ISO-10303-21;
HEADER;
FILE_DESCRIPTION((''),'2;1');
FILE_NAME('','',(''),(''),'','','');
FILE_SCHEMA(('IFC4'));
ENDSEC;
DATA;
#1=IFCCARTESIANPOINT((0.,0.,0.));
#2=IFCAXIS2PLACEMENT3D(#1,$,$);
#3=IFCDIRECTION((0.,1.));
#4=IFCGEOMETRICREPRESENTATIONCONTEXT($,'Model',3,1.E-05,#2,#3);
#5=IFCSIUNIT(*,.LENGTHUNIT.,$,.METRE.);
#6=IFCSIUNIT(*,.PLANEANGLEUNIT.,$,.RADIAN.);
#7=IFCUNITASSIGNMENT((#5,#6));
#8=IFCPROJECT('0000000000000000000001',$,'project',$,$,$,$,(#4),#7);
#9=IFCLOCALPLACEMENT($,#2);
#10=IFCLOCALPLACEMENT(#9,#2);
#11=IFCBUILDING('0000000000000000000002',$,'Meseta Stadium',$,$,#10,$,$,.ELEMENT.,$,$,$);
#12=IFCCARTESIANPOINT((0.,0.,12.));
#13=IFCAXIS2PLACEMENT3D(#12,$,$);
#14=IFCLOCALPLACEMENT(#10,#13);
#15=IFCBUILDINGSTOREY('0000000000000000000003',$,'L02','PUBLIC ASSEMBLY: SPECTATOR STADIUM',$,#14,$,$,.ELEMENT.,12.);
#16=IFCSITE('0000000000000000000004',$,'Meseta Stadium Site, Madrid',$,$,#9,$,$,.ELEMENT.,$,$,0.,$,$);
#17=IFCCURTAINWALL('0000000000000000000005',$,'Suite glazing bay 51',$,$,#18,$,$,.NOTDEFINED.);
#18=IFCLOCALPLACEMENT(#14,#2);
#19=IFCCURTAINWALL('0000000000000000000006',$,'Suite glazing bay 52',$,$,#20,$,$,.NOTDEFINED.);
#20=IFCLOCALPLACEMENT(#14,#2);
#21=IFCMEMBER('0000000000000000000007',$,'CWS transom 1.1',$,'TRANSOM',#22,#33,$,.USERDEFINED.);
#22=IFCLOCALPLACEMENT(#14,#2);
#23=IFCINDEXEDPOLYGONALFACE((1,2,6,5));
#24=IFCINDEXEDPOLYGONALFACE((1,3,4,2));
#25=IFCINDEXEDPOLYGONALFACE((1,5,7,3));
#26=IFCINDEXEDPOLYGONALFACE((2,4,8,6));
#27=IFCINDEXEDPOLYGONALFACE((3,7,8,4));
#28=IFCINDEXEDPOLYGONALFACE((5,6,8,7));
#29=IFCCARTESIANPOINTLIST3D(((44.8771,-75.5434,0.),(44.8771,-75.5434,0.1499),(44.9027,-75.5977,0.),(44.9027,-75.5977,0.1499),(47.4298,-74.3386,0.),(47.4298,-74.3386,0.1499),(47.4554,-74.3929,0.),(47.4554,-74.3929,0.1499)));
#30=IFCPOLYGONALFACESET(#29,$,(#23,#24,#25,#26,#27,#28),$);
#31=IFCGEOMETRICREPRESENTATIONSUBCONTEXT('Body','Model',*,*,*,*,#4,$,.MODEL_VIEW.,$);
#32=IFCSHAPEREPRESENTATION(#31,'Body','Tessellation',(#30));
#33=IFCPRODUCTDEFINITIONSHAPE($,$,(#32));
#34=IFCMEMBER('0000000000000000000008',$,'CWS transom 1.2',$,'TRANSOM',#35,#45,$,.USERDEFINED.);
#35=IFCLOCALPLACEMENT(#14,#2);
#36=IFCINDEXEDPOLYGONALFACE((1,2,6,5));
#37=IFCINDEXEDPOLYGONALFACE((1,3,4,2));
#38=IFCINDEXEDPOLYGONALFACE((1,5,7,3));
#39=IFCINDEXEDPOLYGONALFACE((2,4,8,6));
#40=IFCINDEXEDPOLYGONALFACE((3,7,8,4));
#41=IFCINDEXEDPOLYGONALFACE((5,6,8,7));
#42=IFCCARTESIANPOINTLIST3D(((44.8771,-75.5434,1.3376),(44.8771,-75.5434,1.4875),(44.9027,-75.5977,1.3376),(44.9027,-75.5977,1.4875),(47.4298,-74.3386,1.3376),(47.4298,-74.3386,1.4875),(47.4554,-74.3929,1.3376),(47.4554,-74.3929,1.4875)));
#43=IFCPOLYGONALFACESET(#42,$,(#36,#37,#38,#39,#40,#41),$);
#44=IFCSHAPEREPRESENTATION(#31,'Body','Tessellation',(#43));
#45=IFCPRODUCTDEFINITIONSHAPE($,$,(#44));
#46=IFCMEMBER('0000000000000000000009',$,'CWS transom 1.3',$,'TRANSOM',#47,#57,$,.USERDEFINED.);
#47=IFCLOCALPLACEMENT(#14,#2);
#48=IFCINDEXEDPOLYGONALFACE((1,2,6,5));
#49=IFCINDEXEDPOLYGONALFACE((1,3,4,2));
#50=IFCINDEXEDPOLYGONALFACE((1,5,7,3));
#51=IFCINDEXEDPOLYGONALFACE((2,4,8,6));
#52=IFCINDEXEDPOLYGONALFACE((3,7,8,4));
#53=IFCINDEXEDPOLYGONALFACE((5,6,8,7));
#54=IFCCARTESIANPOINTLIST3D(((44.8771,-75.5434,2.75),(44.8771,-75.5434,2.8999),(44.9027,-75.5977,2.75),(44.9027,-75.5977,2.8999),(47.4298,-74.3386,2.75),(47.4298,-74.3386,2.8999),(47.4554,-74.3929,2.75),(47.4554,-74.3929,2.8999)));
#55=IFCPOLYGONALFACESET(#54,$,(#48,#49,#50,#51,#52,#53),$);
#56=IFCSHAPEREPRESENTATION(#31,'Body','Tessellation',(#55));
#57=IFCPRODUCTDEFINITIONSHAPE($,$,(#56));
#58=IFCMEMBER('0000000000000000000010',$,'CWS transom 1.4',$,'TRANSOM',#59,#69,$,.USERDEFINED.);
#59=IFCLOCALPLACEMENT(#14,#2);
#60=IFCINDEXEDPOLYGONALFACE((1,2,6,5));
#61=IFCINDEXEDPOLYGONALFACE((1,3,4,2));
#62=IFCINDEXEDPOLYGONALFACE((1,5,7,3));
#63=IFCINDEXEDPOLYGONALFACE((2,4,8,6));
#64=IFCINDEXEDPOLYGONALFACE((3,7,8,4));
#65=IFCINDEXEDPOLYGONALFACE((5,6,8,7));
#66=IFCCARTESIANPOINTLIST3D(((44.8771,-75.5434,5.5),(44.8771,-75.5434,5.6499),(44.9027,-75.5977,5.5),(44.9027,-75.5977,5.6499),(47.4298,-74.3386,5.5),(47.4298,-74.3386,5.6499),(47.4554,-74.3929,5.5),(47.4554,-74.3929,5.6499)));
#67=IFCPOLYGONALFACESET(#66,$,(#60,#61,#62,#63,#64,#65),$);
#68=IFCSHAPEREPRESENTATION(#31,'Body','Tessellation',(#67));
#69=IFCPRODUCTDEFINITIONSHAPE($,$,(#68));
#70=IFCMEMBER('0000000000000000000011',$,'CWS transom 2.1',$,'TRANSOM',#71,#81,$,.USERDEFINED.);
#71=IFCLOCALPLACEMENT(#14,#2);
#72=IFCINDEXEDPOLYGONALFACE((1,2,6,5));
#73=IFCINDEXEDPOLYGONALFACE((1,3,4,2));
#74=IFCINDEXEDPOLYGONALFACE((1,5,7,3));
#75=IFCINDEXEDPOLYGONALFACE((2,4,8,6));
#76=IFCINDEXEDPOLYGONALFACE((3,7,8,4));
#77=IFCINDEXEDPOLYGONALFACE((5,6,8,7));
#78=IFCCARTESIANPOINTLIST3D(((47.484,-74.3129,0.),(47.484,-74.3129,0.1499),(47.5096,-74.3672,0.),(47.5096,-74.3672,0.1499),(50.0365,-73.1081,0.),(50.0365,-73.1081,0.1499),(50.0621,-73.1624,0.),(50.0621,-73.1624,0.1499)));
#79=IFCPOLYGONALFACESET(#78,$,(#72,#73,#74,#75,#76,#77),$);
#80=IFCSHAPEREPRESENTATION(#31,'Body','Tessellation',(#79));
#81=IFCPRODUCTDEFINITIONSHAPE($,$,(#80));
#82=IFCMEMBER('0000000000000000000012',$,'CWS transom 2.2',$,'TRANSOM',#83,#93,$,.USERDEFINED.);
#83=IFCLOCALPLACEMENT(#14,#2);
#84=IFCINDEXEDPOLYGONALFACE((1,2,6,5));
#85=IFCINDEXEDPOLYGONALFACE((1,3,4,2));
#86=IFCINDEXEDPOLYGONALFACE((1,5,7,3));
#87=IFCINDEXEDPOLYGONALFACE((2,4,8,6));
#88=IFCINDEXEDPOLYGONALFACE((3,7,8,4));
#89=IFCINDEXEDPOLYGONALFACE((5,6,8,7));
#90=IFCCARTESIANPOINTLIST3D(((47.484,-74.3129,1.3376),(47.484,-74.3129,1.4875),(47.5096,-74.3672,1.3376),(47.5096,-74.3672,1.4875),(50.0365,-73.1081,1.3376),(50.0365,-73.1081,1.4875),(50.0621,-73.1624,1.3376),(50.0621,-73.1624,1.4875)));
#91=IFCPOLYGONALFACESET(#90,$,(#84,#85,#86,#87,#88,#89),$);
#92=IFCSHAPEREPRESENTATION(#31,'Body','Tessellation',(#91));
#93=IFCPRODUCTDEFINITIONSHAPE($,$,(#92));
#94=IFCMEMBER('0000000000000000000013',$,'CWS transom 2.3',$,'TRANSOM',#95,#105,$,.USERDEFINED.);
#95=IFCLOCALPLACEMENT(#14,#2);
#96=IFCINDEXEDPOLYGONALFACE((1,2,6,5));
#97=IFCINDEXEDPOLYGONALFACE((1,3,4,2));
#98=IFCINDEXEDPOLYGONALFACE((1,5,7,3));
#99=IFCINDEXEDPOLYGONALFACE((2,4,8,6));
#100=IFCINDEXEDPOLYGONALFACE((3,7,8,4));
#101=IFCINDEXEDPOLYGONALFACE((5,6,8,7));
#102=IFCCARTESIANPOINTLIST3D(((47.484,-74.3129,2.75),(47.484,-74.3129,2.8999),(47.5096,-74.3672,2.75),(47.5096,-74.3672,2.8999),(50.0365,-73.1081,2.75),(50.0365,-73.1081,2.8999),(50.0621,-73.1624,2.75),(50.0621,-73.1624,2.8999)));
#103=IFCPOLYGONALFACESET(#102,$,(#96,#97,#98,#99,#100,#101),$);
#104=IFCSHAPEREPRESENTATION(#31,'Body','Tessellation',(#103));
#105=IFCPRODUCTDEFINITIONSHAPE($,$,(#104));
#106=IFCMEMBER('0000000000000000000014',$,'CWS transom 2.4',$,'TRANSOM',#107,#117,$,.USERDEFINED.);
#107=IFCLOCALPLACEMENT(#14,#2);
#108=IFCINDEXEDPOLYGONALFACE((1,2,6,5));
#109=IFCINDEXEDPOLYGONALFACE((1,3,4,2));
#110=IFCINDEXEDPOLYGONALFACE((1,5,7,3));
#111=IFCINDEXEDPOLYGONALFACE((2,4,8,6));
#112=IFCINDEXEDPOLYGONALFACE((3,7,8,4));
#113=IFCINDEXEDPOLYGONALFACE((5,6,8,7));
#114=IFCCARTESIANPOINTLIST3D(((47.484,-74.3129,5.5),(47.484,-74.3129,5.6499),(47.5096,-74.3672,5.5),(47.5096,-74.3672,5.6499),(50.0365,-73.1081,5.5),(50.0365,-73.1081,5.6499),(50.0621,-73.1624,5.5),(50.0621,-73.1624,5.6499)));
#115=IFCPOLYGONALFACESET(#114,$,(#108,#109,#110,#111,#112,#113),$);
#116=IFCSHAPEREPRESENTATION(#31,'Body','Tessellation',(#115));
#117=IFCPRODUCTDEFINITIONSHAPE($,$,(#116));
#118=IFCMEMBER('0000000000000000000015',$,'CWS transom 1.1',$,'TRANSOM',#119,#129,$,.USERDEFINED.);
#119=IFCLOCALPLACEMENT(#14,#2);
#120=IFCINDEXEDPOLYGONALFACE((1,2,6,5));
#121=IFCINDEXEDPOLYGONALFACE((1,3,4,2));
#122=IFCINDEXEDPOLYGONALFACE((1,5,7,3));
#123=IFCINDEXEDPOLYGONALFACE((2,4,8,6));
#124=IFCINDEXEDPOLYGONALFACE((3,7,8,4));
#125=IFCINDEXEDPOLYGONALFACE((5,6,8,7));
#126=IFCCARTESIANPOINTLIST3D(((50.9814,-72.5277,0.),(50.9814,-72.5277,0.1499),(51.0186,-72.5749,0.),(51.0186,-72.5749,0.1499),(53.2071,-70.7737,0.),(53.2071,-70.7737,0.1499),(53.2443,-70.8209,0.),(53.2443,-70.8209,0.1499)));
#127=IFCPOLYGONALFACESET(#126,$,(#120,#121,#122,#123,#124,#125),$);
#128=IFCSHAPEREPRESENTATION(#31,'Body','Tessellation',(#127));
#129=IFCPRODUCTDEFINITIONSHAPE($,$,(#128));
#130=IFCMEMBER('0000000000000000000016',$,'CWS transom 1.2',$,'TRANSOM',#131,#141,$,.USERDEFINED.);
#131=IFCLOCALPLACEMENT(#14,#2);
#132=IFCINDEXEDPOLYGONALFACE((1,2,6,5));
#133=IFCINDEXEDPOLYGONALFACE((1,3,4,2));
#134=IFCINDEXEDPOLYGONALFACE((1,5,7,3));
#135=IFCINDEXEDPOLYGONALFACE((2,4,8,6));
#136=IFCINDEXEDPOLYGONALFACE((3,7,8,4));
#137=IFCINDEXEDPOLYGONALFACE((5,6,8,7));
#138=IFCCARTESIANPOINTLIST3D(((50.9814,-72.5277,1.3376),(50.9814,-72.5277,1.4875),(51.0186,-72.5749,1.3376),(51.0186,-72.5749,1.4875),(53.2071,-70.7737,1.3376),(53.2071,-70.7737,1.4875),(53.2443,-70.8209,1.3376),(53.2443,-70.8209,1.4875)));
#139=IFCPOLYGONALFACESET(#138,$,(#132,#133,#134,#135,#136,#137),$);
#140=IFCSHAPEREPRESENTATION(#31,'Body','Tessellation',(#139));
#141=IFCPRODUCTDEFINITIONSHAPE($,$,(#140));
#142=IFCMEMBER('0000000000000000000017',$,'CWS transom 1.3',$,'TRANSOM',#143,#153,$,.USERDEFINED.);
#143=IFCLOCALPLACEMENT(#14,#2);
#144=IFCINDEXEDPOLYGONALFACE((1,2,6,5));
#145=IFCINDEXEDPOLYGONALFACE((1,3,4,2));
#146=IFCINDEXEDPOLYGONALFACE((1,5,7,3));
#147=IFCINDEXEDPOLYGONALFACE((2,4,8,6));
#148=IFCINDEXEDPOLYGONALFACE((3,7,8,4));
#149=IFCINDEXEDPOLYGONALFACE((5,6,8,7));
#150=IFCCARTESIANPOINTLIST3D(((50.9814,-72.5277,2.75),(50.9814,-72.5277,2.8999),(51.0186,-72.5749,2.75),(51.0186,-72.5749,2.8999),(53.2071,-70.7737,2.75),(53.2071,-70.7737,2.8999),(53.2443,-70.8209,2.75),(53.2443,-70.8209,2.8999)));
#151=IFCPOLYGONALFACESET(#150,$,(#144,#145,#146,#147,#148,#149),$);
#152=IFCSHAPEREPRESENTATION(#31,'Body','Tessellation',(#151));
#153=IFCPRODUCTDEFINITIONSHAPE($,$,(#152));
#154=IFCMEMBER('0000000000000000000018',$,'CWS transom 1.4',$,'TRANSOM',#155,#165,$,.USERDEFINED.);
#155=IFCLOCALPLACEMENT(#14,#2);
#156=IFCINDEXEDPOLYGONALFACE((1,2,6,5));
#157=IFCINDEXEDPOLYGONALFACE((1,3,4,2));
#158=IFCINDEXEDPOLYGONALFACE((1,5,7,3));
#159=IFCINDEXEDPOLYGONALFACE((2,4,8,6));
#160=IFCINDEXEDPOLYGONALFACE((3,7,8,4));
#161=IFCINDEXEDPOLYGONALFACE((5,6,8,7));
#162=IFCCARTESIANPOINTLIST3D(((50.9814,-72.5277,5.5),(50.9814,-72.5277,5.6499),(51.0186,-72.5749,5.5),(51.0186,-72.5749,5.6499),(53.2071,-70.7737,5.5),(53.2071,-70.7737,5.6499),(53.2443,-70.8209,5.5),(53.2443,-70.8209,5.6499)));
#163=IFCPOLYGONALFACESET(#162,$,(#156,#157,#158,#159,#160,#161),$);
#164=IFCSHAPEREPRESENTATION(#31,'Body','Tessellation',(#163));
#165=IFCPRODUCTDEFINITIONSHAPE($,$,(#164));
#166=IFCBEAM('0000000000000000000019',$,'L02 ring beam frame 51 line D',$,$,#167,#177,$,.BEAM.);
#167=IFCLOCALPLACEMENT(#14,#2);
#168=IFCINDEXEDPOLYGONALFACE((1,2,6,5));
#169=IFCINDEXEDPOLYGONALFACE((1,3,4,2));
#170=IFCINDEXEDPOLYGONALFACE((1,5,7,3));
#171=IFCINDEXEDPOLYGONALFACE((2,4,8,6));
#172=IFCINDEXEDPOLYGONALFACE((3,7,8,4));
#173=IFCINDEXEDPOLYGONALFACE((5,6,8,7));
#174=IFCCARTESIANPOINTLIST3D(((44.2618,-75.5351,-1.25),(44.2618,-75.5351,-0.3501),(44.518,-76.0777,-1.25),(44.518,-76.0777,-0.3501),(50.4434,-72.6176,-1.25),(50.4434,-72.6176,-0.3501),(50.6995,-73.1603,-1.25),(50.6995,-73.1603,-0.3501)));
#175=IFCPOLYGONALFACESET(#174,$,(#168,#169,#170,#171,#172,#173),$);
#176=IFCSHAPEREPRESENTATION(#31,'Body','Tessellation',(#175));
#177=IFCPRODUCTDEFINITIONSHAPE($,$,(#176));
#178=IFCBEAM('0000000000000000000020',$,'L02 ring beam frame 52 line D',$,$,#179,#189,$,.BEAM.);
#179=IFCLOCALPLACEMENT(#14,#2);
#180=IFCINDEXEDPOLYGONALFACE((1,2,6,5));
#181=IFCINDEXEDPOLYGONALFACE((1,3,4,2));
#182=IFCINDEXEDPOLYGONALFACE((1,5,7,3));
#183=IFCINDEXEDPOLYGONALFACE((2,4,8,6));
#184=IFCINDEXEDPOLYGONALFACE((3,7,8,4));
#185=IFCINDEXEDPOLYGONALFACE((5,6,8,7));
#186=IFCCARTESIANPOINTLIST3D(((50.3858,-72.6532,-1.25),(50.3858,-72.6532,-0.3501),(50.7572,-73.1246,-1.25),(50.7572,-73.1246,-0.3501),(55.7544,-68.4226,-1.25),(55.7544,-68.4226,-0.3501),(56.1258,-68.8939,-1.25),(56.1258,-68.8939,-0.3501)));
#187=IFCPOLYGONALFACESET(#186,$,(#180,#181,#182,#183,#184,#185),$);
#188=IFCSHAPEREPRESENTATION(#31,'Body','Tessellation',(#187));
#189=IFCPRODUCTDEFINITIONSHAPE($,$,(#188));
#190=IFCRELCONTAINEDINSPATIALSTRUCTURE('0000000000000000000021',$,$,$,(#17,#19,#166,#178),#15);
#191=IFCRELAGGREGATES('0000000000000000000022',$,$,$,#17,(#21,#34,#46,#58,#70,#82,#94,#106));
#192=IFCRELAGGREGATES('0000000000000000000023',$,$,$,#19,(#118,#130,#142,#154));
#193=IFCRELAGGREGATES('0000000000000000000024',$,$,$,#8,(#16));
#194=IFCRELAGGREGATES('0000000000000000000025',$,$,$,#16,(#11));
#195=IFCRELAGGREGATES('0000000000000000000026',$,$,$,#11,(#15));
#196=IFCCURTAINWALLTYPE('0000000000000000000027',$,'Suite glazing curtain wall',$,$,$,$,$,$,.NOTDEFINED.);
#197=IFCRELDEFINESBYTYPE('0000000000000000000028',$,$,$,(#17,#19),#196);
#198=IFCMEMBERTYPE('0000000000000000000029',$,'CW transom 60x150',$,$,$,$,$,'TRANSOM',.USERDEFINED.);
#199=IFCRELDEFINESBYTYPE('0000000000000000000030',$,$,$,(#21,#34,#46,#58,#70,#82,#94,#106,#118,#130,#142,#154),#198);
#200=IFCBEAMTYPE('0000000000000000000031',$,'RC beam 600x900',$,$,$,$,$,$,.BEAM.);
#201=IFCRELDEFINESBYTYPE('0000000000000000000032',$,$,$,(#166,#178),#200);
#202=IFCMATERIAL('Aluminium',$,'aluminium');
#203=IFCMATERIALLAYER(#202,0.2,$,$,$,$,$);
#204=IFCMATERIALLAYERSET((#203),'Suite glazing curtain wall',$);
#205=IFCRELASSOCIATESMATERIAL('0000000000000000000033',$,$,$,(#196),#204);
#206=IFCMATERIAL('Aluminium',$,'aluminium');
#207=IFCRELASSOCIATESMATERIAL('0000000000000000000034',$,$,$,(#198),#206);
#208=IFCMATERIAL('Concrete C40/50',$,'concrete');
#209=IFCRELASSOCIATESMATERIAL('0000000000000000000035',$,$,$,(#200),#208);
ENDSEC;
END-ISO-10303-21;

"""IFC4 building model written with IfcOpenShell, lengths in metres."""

from ifc_helpers import new_model, si_unit, direction, frame, origin, origin_2d, place, context, subcontext, project, spatial, rectangle, extrude, material, layer, layer_set, material_profile, profile_set, type_object, element, aggregate, save


model = new_model("IFC4")

# Units and contexts
model_context = context("Model", 3, precision=1e-05, world=origin(), true_north=direction((0.0, 1.0)))
body_context = subcontext(model_context, "Body", "Model", "MODEL_VIEW")
ifc_project = project(units=[si_unit("LENGTHUNIT", "METRE"), si_unit("PLANEANGLEUNIT", "RADIAN")], contexts=[model_context])

# Site, building, storey
site_placement = place(None, origin())
site = spatial("IfcSite", under=ifc_project, at=site_placement, Name="Meseta Stadium Site, Madrid", CompositionType="ELEMENT", RefElevation=0.0)
building_placement = place(site_placement, origin())
building = spatial("IfcBuilding", under=site, at=building_placement, Name="Meseta Stadium", CompositionType="ELEMENT")
storey_placement = place(building_placement, frame((0.0, 0.0, 12.0)))
storey = spatial("IfcBuildingStorey", under=building, at=storey_placement, Name="L02", Description="PUBLIC ASSEMBLY: SPECTATOR STADIUM", CompositionType="ELEMENT", Elevation=12.0)

# Curtain wall
ifc_material_1 = material(Name="Aluminium", Category="aluminium")
ifc_layer_1 = layer(ifc_material_1, 0.2)
ifc_layer_set_1 = layer_set([ifc_layer_1], Name="Suite glazing curtain wall")
curtain_wall_type = type_object("IfcCurtainWallType", Name="Suite glazing curtain wall", PredefinedType="NOTDEFINED", material=ifc_layer_set_1)
curtain_wall_1_placement = place(storey_placement, origin())
curtain_wall_1 = element("IfcCurtainWall", 1, at=curtain_wall_1_placement, inside=storey, type_object=curtain_wall_type, Name="Suite glazing bay 51", PredefinedType="NOTDEFINED")

# Curtain wall
curtain_wall_2_placement = place(storey_placement, origin())
curtain_wall_2 = element("IfcCurtainWall", 2, at=curtain_wall_2_placement, inside=storey, type_object=curtain_wall_type, Name="Suite glazing bay 52", PredefinedType="NOTDEFINED")

# Members
ifc_material_2 = material(Name="Aluminium", Category="aluminium")
ifc_material_profile_1 = material_profile(ifc_material_2, rectangle(XDim=0.0601, YDim=0.1499, at=origin_2d()), Name="CW 60x150")
ifc_profile_set_1 = profile_set([ifc_material_profile_1], Name="Aluminium")
member_type_1 = type_object("IfcMemberType", Name="CW transom 60x150", ElementType="TRANSOM", PredefinedType="USERDEFINED", material=ifc_profile_set_1)
member_1_placement = place(storey_placement, frame((44.8899, -75.5706, 0.075), z_axis=(0.904334, 0.426826, 0.0), x_axis=(-0.426826, 0.904334, 0.0)))
member_1 = element("IfcMember", 3, at=member_1_placement, type_object=member_type_1, Name="CWS transom 1.1", ObjectType="TRANSOM", PredefinedType="USERDEFINED", context=body_context, shape_type="SweptSolid", body=[
    extrude(rectangle(XDim=0.0601, YDim=0.1499, at=origin_2d()), origin(), (0.0, 0.0, 1.0), 2.8228),
])
member_2_placement = place(storey_placement, frame((44.8899, -75.5706, 1.4126), z_axis=(0.904334, 0.426826, 0.0), x_axis=(-0.426826, 0.904334, 0.0)))
member_2 = element("IfcMember", 4, at=member_2_placement, type_object=member_type_1, Name="CWS transom 1.2", ObjectType="TRANSOM", PredefinedType="USERDEFINED", context=body_context, shape_type="SweptSolid", body=[
    extrude(rectangle(XDim=0.0601, YDim=0.1499, at=origin_2d()), origin(), (0.0, 0.0, 1.0), 2.8228),
])
member_3_placement = place(storey_placement, frame((44.8899, -75.5706, 2.825), z_axis=(0.904334, 0.426826, 0.0), x_axis=(-0.426826, 0.904334, 0.0)))
member_3 = element("IfcMember", 5, at=member_3_placement, type_object=member_type_1, Name="CWS transom 1.3", ObjectType="TRANSOM", PredefinedType="USERDEFINED", context=body_context, shape_type="SweptSolid", body=[
    extrude(rectangle(XDim=0.0601, YDim=0.1499, at=origin_2d()), origin(), (0.0, 0.0, 1.0), 2.8228),
])
member_4_placement = place(storey_placement, frame((44.8899, -75.5706, 5.575), z_axis=(0.904334, 0.426826, 0.0), x_axis=(-0.426826, 0.904334, 0.0)))
member_4 = element("IfcMember", 6, at=member_4_placement, type_object=member_type_1, Name="CWS transom 1.4", ObjectType="TRANSOM", PredefinedType="USERDEFINED", context=body_context, shape_type="SweptSolid", body=[
    extrude(rectangle(XDim=0.0601, YDim=0.1499, at=origin_2d()), origin(), (0.0, 0.0, 1.0), 2.8228),
])
member_5_placement = place(storey_placement, frame((47.4968, -74.3401, 0.075), z_axis=(0.904318, 0.426859, 0.0), x_axis=(-0.426859, 0.904318, 0.0)))
member_5 = element("IfcMember", 7, at=member_5_placement, type_object=member_type_1, Name="CWS transom 2.1", ObjectType="TRANSOM", PredefinedType="USERDEFINED", context=body_context, shape_type="SweptSolid", body=[
    extrude(rectangle(XDim=0.0601, YDim=0.1499, at=origin_2d()), origin(), (0.0, 0.0, 1.0), 2.8225),
])
member_6_placement = place(storey_placement, frame((47.4968, -74.3401, 1.4126), z_axis=(0.904318, 0.426859, 0.0), x_axis=(-0.426859, 0.904318, 0.0)))
member_6 = element("IfcMember", 8, at=member_6_placement, type_object=member_type_1, Name="CWS transom 2.2", ObjectType="TRANSOM", PredefinedType="USERDEFINED", context=body_context, shape_type="SweptSolid", body=[
    extrude(rectangle(XDim=0.0601, YDim=0.1499, at=origin_2d()), origin(), (0.0, 0.0, 1.0), 2.8225),
])
member_7_placement = place(storey_placement, frame((47.4968, -74.3401, 2.825), z_axis=(0.904318, 0.426859, 0.0), x_axis=(-0.426859, 0.904318, 0.0)))
member_7 = element("IfcMember", 9, at=member_7_placement, type_object=member_type_1, Name="CWS transom 2.3", ObjectType="TRANSOM", PredefinedType="USERDEFINED", context=body_context, shape_type="SweptSolid", body=[
    extrude(rectangle(XDim=0.0601, YDim=0.1499, at=origin_2d()), origin(), (0.0, 0.0, 1.0), 2.8225),
])
member_8_placement = place(storey_placement, frame((47.4968, -74.3401, 5.575), z_axis=(0.904318, 0.426859, 0.0), x_axis=(-0.426859, 0.904318, 0.0)))
member_8 = element("IfcMember", 10, at=member_8_placement, type_object=member_type_1, Name="CWS transom 2.4", ObjectType="TRANSOM", PredefinedType="USERDEFINED", context=body_context, shape_type="SweptSolid", body=[
    extrude(rectangle(XDim=0.0601, YDim=0.1499, at=origin_2d()), origin(), (0.0, 0.0, 1.0), 2.8225),
])
member_9_placement = place(storey_placement, frame((51.0, -72.5513, 0.075), z_axis=(0.785421, 0.618962, 0.0), x_axis=(-0.618962, 0.785421, 0.0)))
member_9 = element("IfcMember", 11, at=member_9_placement, type_object=member_type_1, Name="CWS transom 1.1", ObjectType="TRANSOM", PredefinedType="USERDEFINED", context=body_context, shape_type="SweptSolid", body=[
    extrude(rectangle(XDim=0.0601, YDim=0.1499, at=origin_2d()), origin(), (0.0, 0.0, 1.0), 2.8337),
])
member_10_placement = place(storey_placement, frame((51.0, -72.5513, 1.4126), z_axis=(0.785421, 0.618962, 0.0), x_axis=(-0.618962, 0.785421, 0.0)))
member_10 = element("IfcMember", 12, at=member_10_placement, type_object=member_type_1, Name="CWS transom 1.2", ObjectType="TRANSOM", PredefinedType="USERDEFINED", context=body_context, shape_type="SweptSolid", body=[
    extrude(rectangle(XDim=0.0601, YDim=0.1499, at=origin_2d()), origin(), (0.0, 0.0, 1.0), 2.8337),
])
member_11_placement = place(storey_placement, frame((51.0, -72.5513, 2.825), z_axis=(0.785421, 0.618962, 0.0), x_axis=(-0.618962, 0.785421, 0.0)))
member_11 = element("IfcMember", 13, at=member_11_placement, type_object=member_type_1, Name="CWS transom 1.3", ObjectType="TRANSOM", PredefinedType="USERDEFINED", context=body_context, shape_type="SweptSolid", body=[
    extrude(rectangle(XDim=0.0601, YDim=0.1499, at=origin_2d()), origin(), (0.0, 0.0, 1.0), 2.8337),
])
member_12_placement = place(storey_placement, frame((51.0, -72.5513, 5.575), z_axis=(0.785421, 0.618962, 0.0), x_axis=(-0.618962, 0.785421, 0.0)))
member_12 = element("IfcMember", 14, at=member_12_placement, type_object=member_type_1, Name="CWS transom 1.4", ObjectType="TRANSOM", PredefinedType="USERDEFINED", context=body_context, shape_type="SweptSolid", body=[
    extrude(rectangle(XDim=0.0601, YDim=0.1499, at=origin_2d()), origin(), (0.0, 0.0, 1.0), 2.8337),
])

# Beams
ifc_material_3 = material(Name="Concrete C40/50", Category="concrete")
ifc_material_profile_2 = material_profile(ifc_material_3, rectangle(XDim=0.6001, YDim=0.8999, at=origin_2d()), Name="RC 600x900")
ifc_profile_set_2 = profile_set([ifc_material_profile_2], Name="Concrete C40/50")
beam_type_1 = type_object("IfcBeamType", Name="RC beam 600x900", PredefinedType="BEAM", material=ifc_profile_set_2)
beam_1_placement = place(storey_placement, frame((44.3899, -75.8064, -0.8), z_axis=(0.904341, 0.426812, 0.0), x_axis=(-0.426812, 0.904341, 0.0)))
element("IfcBeam", 15, at=beam_1_placement, inside=storey, type_object=beam_type_1, Name="L02 ring beam frame 51 line D", PredefinedType="BEAM", context=body_context, shape_type="SweptSolid", body=[
    extrude(rectangle(XDim=0.6001, YDim=0.8999, at=origin_2d()), origin(), (0.0, 0.0, 1.0), 6.8354),
])
beam_2_placement = place(storey_placement, frame((50.5715, -72.8889, -0.8), z_axis=(0.78543, 0.61895, 0.0), x_axis=(-0.61895, 0.78543, 0.0)))
element("IfcBeam", 16, at=beam_2_placement, inside=storey, type_object=beam_type_1, Name="L02 ring beam frame 52 line D", PredefinedType="BEAM", context=body_context, shape_type="SweptSolid", body=[
    extrude(rectangle(XDim=0.6001, YDim=0.8999, at=origin_2d()), origin(), (0.0, 0.0, 1.0), 6.8352),
])

aggregate(curtain_wall_1, [member_1, member_2, member_3, member_4, member_5, member_6, member_7, member_8])
aggregate(curtain_wall_2, [member_9, member_10, member_11, member_12])

save(model, "model.ifc")
